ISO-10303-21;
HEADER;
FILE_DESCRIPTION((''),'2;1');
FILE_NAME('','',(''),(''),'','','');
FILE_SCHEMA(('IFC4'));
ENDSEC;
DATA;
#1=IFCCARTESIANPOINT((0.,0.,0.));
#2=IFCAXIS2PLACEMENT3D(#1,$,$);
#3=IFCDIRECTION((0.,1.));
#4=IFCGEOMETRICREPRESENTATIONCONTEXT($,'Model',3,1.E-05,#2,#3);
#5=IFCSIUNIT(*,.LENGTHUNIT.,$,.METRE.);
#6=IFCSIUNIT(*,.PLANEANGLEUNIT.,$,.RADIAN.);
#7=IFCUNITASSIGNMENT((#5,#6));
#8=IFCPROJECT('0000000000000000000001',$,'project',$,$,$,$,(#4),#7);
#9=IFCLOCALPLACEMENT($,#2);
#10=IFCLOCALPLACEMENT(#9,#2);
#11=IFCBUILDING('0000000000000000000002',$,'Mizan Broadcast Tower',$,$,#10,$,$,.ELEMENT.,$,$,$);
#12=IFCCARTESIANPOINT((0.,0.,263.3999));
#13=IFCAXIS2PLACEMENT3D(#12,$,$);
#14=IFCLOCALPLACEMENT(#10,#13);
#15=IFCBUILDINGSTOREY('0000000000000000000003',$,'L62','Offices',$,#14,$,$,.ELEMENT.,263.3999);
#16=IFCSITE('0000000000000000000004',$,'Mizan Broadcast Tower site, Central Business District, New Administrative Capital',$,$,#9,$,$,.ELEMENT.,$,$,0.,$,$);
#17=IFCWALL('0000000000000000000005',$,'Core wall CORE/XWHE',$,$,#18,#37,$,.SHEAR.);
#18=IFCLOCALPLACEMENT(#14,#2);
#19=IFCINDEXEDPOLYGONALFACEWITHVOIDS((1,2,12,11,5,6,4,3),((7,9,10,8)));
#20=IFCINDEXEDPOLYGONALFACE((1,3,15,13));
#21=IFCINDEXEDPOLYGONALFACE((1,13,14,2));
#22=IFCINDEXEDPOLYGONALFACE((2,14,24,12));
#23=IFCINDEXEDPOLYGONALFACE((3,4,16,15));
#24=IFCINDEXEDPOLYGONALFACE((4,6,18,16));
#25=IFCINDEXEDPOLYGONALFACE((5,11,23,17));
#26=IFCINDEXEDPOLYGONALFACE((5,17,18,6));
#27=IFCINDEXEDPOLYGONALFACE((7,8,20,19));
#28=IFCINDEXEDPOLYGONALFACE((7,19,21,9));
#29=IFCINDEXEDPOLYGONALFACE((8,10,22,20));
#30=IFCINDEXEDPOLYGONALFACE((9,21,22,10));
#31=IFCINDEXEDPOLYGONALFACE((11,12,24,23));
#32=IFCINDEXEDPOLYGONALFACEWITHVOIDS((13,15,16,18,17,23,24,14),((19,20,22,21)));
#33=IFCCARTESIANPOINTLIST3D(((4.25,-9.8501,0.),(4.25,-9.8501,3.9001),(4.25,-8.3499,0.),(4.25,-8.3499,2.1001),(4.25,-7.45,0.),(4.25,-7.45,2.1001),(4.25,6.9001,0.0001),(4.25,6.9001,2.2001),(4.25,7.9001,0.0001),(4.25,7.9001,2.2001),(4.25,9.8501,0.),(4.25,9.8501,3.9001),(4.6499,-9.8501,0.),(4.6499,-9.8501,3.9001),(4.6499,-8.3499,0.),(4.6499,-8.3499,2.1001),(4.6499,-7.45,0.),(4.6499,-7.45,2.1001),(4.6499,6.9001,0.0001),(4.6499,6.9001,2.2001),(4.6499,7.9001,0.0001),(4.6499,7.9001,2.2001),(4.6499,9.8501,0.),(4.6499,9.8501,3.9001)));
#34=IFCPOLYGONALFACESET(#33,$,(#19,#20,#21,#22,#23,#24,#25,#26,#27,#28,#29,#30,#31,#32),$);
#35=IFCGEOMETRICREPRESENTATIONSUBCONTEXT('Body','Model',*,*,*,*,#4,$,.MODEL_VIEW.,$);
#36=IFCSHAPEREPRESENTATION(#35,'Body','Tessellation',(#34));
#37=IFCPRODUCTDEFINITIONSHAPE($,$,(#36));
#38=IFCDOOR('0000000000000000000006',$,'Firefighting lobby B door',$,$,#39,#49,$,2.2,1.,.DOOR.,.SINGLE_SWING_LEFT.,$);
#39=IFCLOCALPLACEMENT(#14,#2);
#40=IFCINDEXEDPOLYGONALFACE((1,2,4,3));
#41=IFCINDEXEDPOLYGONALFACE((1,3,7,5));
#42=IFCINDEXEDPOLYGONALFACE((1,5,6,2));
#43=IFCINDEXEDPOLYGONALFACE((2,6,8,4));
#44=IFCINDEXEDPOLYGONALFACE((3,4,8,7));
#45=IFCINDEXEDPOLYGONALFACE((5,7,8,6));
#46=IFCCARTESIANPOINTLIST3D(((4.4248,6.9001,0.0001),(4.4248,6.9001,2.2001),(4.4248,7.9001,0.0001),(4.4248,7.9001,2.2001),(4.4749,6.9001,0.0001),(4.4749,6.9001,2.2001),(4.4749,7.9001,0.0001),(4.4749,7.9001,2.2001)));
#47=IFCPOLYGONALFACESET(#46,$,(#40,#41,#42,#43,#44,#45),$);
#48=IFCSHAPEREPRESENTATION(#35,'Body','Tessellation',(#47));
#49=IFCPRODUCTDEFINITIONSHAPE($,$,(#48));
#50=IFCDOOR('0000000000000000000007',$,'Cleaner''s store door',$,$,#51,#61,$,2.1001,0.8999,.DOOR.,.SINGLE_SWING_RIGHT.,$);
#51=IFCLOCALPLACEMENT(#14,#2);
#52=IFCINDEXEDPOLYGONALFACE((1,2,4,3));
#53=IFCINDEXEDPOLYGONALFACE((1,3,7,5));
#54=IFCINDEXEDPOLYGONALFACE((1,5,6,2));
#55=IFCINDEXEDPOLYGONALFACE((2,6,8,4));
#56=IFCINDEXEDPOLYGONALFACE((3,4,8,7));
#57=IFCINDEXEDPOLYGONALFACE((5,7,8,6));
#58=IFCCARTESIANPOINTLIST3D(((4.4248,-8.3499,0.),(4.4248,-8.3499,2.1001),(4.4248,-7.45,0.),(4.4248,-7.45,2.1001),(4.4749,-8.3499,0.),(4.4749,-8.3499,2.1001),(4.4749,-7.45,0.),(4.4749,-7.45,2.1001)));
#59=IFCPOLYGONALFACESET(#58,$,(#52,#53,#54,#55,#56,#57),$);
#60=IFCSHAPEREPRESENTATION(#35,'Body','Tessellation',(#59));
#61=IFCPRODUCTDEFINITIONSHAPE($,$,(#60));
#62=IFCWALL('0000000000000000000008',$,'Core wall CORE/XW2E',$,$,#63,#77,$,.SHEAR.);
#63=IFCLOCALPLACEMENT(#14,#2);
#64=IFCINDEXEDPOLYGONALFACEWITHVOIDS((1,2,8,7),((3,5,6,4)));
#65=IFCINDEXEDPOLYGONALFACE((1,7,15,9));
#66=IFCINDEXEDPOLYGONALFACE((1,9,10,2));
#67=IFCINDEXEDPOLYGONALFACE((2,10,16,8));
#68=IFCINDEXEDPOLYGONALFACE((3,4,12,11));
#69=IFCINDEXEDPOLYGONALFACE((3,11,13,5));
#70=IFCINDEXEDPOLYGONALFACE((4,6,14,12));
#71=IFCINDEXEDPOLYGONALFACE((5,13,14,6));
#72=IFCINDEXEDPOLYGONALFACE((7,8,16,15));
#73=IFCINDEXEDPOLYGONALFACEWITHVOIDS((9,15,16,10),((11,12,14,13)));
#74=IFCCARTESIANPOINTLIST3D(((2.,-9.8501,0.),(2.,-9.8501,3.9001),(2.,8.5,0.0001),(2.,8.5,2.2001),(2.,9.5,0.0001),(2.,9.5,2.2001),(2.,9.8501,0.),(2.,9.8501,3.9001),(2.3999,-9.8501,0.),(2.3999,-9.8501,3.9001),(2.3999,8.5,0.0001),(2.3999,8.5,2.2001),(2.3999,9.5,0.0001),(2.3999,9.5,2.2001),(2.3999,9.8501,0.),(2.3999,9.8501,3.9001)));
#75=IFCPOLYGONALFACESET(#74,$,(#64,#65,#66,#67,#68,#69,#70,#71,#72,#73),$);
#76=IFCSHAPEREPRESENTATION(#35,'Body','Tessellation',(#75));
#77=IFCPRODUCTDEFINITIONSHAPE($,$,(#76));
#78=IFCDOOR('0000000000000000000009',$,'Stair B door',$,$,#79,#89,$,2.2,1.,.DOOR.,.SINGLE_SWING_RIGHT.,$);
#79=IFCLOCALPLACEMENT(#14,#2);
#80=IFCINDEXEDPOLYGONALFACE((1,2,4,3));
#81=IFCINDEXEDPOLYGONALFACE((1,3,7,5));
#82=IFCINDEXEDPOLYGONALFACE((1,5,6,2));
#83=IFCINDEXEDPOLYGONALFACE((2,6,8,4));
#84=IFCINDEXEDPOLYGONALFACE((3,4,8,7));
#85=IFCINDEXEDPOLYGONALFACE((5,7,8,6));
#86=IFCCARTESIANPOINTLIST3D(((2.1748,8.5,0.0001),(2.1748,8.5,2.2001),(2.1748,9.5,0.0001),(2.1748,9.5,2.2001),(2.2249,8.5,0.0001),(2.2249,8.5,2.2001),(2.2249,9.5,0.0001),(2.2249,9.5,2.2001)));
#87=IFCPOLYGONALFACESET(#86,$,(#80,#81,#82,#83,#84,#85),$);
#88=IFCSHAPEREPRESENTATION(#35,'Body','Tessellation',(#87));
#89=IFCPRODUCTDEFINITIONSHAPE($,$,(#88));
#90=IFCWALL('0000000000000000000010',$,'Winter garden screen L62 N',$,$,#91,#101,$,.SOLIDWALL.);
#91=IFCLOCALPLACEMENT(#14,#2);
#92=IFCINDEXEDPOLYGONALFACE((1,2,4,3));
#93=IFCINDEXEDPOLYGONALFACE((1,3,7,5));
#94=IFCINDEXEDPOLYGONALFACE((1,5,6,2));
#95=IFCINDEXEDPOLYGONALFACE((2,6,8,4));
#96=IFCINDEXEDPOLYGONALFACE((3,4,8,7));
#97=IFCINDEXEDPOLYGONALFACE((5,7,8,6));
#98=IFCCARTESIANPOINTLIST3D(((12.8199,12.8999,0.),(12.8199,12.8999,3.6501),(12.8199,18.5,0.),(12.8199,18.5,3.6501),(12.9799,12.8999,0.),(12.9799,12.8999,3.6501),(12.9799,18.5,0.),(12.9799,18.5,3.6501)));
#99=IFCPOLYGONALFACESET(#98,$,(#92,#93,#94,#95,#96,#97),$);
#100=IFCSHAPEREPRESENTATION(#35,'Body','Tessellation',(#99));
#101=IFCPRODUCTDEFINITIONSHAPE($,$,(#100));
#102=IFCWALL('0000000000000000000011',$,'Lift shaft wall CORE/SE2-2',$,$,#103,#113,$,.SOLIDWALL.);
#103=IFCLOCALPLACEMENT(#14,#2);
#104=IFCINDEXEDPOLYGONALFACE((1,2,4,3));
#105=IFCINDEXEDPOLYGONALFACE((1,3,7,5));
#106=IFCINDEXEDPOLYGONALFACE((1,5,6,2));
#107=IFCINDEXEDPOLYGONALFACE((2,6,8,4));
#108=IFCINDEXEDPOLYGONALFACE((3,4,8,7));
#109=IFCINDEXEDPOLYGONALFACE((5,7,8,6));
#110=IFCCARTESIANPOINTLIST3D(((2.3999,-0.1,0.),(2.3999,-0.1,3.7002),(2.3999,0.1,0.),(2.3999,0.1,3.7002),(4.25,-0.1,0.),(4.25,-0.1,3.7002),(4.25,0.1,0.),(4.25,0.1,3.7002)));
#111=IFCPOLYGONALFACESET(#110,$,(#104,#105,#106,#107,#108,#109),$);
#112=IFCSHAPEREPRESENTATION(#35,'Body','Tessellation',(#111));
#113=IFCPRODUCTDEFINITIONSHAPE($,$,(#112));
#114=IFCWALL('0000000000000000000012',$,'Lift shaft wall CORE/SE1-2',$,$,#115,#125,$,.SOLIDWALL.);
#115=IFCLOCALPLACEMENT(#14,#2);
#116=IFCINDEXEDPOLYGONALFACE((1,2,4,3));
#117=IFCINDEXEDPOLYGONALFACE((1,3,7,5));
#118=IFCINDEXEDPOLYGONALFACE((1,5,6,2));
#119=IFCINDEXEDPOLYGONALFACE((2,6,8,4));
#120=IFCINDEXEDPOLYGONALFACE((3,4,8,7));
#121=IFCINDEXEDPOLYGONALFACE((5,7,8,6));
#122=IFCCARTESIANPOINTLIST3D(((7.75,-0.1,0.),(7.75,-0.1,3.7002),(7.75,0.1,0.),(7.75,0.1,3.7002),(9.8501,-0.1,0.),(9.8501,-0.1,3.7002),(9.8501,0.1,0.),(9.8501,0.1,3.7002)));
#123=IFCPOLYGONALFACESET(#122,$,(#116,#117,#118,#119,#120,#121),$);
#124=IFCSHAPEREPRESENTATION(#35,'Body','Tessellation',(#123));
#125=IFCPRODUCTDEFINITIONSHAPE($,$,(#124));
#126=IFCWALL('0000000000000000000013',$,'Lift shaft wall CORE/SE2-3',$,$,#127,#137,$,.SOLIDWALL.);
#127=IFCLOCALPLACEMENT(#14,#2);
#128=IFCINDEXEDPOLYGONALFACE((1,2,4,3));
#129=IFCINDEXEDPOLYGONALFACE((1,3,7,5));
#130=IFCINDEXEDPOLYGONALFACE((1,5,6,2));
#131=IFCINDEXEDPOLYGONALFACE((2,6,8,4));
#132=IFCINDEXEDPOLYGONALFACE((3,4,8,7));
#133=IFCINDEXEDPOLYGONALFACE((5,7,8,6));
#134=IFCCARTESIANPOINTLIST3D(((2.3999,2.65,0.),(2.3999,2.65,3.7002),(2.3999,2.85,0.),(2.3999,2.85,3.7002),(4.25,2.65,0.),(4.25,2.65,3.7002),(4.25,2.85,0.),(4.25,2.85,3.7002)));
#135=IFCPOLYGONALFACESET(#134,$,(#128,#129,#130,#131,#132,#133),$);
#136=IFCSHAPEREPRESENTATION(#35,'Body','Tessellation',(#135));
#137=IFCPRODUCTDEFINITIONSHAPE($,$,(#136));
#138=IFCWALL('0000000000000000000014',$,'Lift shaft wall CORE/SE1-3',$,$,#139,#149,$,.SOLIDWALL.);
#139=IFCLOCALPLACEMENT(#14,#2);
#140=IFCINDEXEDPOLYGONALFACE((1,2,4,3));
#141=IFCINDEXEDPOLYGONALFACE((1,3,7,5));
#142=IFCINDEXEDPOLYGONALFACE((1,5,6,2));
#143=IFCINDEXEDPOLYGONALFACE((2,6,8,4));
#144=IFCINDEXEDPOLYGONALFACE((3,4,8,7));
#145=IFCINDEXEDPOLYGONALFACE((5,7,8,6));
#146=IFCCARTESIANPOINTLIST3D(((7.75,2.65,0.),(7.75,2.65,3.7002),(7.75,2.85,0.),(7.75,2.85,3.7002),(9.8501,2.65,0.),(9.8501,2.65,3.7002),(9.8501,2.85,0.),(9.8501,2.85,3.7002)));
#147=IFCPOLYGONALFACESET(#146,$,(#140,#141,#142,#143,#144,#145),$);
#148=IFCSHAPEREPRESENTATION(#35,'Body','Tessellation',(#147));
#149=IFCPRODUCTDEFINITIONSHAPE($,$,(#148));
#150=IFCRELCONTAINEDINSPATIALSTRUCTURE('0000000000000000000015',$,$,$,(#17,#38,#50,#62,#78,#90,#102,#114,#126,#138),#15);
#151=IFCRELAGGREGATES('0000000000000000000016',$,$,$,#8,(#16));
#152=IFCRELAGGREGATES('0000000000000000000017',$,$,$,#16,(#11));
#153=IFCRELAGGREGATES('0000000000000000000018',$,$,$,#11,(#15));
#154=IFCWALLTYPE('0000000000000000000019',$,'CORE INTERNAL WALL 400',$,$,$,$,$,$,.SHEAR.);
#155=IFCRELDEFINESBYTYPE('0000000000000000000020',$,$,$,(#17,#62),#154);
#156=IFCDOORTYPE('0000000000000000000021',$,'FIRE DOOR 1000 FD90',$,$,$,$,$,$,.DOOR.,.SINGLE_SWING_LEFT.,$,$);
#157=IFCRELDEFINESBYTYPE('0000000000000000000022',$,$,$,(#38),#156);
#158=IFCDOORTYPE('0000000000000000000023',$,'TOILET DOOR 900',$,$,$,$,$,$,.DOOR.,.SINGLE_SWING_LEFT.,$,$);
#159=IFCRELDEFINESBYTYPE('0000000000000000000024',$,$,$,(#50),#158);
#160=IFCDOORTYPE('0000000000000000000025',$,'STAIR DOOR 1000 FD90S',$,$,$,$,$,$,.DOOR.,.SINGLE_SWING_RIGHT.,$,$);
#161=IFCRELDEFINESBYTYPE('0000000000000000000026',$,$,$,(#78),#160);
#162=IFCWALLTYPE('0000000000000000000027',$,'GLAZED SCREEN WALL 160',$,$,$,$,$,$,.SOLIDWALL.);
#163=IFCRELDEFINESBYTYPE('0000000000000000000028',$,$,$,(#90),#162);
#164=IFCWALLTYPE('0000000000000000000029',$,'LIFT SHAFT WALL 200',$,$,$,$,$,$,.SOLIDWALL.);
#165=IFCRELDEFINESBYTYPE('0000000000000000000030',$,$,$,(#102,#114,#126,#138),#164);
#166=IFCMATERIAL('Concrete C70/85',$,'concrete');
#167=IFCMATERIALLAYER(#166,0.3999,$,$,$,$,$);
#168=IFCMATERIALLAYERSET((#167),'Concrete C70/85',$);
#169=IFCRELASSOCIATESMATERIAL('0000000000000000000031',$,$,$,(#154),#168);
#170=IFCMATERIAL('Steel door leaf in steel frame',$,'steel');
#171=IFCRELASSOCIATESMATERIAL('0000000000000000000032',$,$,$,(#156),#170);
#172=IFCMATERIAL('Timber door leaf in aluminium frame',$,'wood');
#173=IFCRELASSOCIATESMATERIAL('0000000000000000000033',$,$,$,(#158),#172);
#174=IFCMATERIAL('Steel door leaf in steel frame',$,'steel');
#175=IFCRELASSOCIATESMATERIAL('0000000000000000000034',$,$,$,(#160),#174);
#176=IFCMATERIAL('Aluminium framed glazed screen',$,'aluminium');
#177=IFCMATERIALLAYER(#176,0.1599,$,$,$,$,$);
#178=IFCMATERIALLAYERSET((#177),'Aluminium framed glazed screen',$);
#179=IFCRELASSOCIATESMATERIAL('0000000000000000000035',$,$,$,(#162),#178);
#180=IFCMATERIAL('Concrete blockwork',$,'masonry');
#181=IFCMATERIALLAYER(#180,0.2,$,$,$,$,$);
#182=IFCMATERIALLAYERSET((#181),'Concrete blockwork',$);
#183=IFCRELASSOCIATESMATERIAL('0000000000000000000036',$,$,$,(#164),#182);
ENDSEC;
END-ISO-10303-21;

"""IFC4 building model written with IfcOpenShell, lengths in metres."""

from ifc_helpers import new_model, si_unit, direction, frame, frame_2d, origin, place, context, subcontext, project, spatial, rectangle, extrude, material, layer, layer_set, type_object, element, fill, save


model = new_model("IFC4")

# Units and contexts
model_context = context("Model", 3, precision=1e-05, world=origin(), true_north=direction((0.0, 1.0)))
body_context = subcontext(model_context, "Body", "Model", "MODEL_VIEW")
ifc_project = project(units=[si_unit("LENGTHUNIT", "METRE"), si_unit("PLANEANGLEUNIT", "RADIAN")], contexts=[model_context])

# Site, building, storey
site_placement = place(None, origin())
site = spatial("IfcSite", under=ifc_project, at=site_placement, Name="Mizan Broadcast Tower site, Central Business District, New Administrative Capital", CompositionType="ELEMENT", RefElevation=0.0)
building_placement = place(site_placement, origin())
building = spatial("IfcBuilding", under=site, at=building_placement, Name="Mizan Broadcast Tower", CompositionType="ELEMENT")
storey_placement = place(building_placement, frame((0.0, 0.0, 263.3999)))
storey = spatial("IfcBuildingStorey", under=building, at=storey_placement, Name="L62", Description="Offices", CompositionType="ELEMENT", Elevation=263.3999)

# Wall, openings, doors
ifc_material_1 = material(Name="Concrete C70/85", Category="concrete")
ifc_layer_1 = layer(ifc_material_1, 0.3999)
ifc_layer_set_1 = layer_set([ifc_layer_1], Name="Concrete C70/85")
wall_type_1 = type_object("IfcWallType", Name="CORE INTERNAL WALL 400", PredefinedType="SHEAR", material=ifc_layer_set_1)
ifc_material_2 = material(Name="Steel door leaf in steel frame", Category="steel")
door_type_1 = type_object("IfcDoorType", Name="FIRE DOOR 1000 FD90", OperationType="SINGLE_SWING_LEFT", PredefinedType="DOOR", material=ifc_material_2)
ifc_material_3 = material(Name="Timber door leaf in aluminium frame", Category="wood")
door_type_2 = type_object("IfcDoorType", Name="TOILET DOOR 900", OperationType="SINGLE_SWING_LEFT", PredefinedType="DOOR", material=ifc_material_3)
wall_1_placement = place(storey_placement, frame((4.45, 9.8501, 0.0), z_axis=(0.0, 0.0, 1.0), x_axis=(0.0, -1.0, 0.0)))
wall_1 = element("IfcWall", 1, at=wall_1_placement, inside=storey, type_object=wall_type_1, Name="Core wall CORE/XWHE", PredefinedType="SHEAR", context=body_context, shape_type="SweptSolid", body=[
    extrude(rectangle(XDim=19.7002, YDim=0.3999, at=frame_2d((9.8501, 0.0))), origin(), (0.0, 0.0, 1.0), 3.9001),
])
opening_1_placement = place(wall_1_placement, frame((1.95, 0.0, 0.0)))
opening_1 = element("IfcOpeningElement", 2, at=opening_1_placement, cuts=wall_1, PredefinedType="OPENING", context=body_context, shape_type="SweptSolid", body=[
    extrude(rectangle(XDim=1.0, YDim=2.2, at=frame_2d((0.5, 1.1001))), frame((0.0, 0.21, 0.0), z_axis=(0.0, -1.0, 0.0), x_axis=(1.0, 0.0, 0.0)), (0.0, 0.0, 1.0), 0.4199),
])
opening_2_placement = place(wall_1_placement, frame((17.3, 0.0, 0.0)))
opening_2 = element("IfcOpeningElement", 3, at=opening_2_placement, cuts=wall_1, PredefinedType="OPENING", context=body_context, shape_type="SweptSolid", body=[
    extrude(rectangle(XDim=0.8999, YDim=2.1001, at=frame_2d((0.45, 1.05))), frame((0.0, 0.21, 0.0), z_axis=(0.0, -1.0, 0.0), x_axis=(1.0, 0.0, 0.0)), (0.0, 0.0, 1.0), 0.4199),
])
door_1_placement = place(opening_1_placement, origin())
door_1 = element("IfcDoor", 4, at=door_1_placement, inside=storey, type_object=door_type_1, Name="Firefighting lobby B door", OperationType="SINGLE_SWING_LEFT", OverallHeight=2.2, OverallWidth=1.0, PredefinedType="DOOR", context=body_context, shape_type="SweptSolid", body=[
    extrude(rectangle(XDim=1.0, YDim=2.2, at=frame_2d((0.5, 1.1001))), frame((0.0, 0.0249, 0.0), z_axis=(0.0, -1.0, 0.0), x_axis=(1.0, 0.0, 0.0)), (0.0, 0.0, 1.0), 0.05),
])
fill(opening_1, door_1)
door_2_placement = place(opening_2_placement, origin())
door_2 = element("IfcDoor", 5, at=door_2_placement, inside=storey, type_object=door_type_2, Name="Cleaner's store door", OperationType="SINGLE_SWING_RIGHT", OverallHeight=2.1001, OverallWidth=0.8999, PredefinedType="DOOR", context=body_context, shape_type="SweptSolid", body=[
    extrude(rectangle(XDim=0.8999, YDim=2.1001, at=frame_2d((0.45, 1.05))), frame((0.0, 0.0249, 0.0), z_axis=(0.0, -1.0, 0.0), x_axis=(1.0, 0.0, 0.0)), (0.0, 0.0, 1.0), 0.05),
])
fill(opening_2, door_2)

# Wall, opening, door
wall_2_placement = place(storey_placement, frame((2.2, 9.8501, 0.0), z_axis=(0.0, 0.0, 1.0), x_axis=(0.0, -1.0, 0.0)))
wall_2 = element("IfcWall", 6, at=wall_2_placement, inside=storey, type_object=wall_type_1, Name="Core wall CORE/XW2E", PredefinedType="SHEAR", context=body_context, shape_type="SweptSolid", body=[
    extrude(rectangle(XDim=19.7002, YDim=0.3999, at=frame_2d((9.8501, 0.0))), origin(), (0.0, 0.0, 1.0), 3.9001),
])
opening_3_placement = place(wall_2_placement, frame((0.3501, 0.0, 0.0)))
opening_3 = element("IfcOpeningElement", 7, at=opening_3_placement, cuts=wall_2, PredefinedType="OPENING", context=body_context, shape_type="SweptSolid", body=[
    extrude(rectangle(XDim=1.0, YDim=2.2, at=frame_2d((0.5, 1.1001))), frame((0.0, 0.21, 0.0), z_axis=(0.0, -1.0, 0.0), x_axis=(1.0, 0.0, 0.0)), (0.0, 0.0, 1.0), 0.4199),
])
ifc_material_4 = material(Name="Steel door leaf in steel frame", Category="steel")
door_type_3 = type_object("IfcDoorType", Name="STAIR DOOR 1000 FD90S", OperationType="SINGLE_SWING_RIGHT", PredefinedType="DOOR", material=ifc_material_4)
door_3_placement = place(opening_3_placement, origin())
door_3 = element("IfcDoor", 8, at=door_3_placement, inside=storey, type_object=door_type_3, Name="Stair B door", OperationType="SINGLE_SWING_RIGHT", OverallHeight=2.2, OverallWidth=1.0, PredefinedType="DOOR", context=body_context, shape_type="SweptSolid", body=[
    extrude(rectangle(XDim=1.0, YDim=2.2, at=frame_2d((0.5, 1.1001))), frame((0.0, 0.0249, 0.0), z_axis=(0.0, -1.0, 0.0), x_axis=(1.0, 0.0, 0.0)), (0.0, 0.0, 1.0), 0.05),
])
fill(opening_3, door_3)

# Walls
ifc_material_5 = material(Name="Aluminium framed glazed screen", Category="aluminium")
ifc_layer_2 = layer(ifc_material_5, 0.1599)
ifc_layer_set_2 = layer_set([ifc_layer_2], Name="Aluminium framed glazed screen")
wall_type_2 = type_object("IfcWallType", Name="GLAZED SCREEN WALL 160", PredefinedType="SOLIDWALL", material=ifc_layer_set_2)
wall_3_placement = place(storey_placement, frame((12.8999, 12.8999, 0.0), z_axis=(0.0, 0.0, 1.0), x_axis=(0.0, 1.0, 0.0)))
element("IfcWall", 9, at=wall_3_placement, inside=storey, type_object=wall_type_2, Name="Winter garden screen L62 N", PredefinedType="SOLIDWALL", context=body_context, shape_type="SweptSolid", body=[
    extrude(rectangle(XDim=5.6001, YDim=0.1599, at=frame_2d((2.8, 0.0))), origin(), (0.0, 0.0, 1.0), 3.6501),
])
ifc_material_6 = material(Name="Concrete blockwork", Category="masonry")
ifc_layer_3 = layer(ifc_material_6, 0.2)
ifc_layer_set_3 = layer_set([ifc_layer_3], Name="Concrete blockwork")
wall_type_3 = type_object("IfcWallType", Name="LIFT SHAFT WALL 200", PredefinedType="SOLIDWALL", material=ifc_layer_set_3)
wall_4_placement = place(storey_placement, frame((2.3999, 0.0, 0.0), z_axis=(0.0, 0.0, 1.0), x_axis=(1.0, 0.0, 0.0)))
element("IfcWall", 10, at=wall_4_placement, inside=storey, type_object=wall_type_3, Name="Lift shaft wall CORE/SE2-2", PredefinedType="SOLIDWALL", context=body_context, shape_type="SweptSolid", body=[
    extrude(rectangle(XDim=1.8501, YDim=0.2, at=frame_2d((0.925, 0.0))), origin(), (0.0, 0.0, 1.0), 3.7002),
])
wall_5_placement = place(storey_placement, frame((7.75, 0.0, 0.0), z_axis=(0.0, 0.0, 1.0), x_axis=(1.0, 0.0, 0.0)))
element("IfcWall", 11, at=wall_5_placement, inside=storey, type_object=wall_type_3, Name="Lift shaft wall CORE/SE1-2", PredefinedType="SOLIDWALL", context=body_context, shape_type="SweptSolid", body=[
    extrude(rectangle(XDim=2.1001, YDim=0.2, at=frame_2d((1.05, 0.0))), origin(), (0.0, 0.0, 1.0), 3.7002),
])
wall_6_placement = place(storey_placement, frame((2.3999, 2.75, 0.0), z_axis=(0.0, 0.0, 1.0), x_axis=(1.0, 0.0, 0.0)))
element("IfcWall", 12, at=wall_6_placement, inside=storey, type_object=wall_type_3, Name="Lift shaft wall CORE/SE2-3", PredefinedType="SOLIDWALL", context=body_context, shape_type="SweptSolid", body=[
    extrude(rectangle(XDim=1.8501, YDim=0.2, at=frame_2d((0.925, 0.0))), origin(), (0.0, 0.0, 1.0), 3.7002),
])
wall_7_placement = place(storey_placement, frame((7.75, 2.75, 0.0), z_axis=(0.0, 0.0, 1.0), x_axis=(1.0, 0.0, 0.0)))
element("IfcWall", 13, at=wall_7_placement, inside=storey, type_object=wall_type_3, Name="Lift shaft wall CORE/SE1-3", PredefinedType="SOLIDWALL", context=body_context, shape_type="SweptSolid", body=[
    extrude(rectangle(XDim=2.1001, YDim=0.2, at=frame_2d((1.05, 0.0))), origin(), (0.0, 0.0, 1.0), 3.7002),
])

save(model, "model.ifc")
